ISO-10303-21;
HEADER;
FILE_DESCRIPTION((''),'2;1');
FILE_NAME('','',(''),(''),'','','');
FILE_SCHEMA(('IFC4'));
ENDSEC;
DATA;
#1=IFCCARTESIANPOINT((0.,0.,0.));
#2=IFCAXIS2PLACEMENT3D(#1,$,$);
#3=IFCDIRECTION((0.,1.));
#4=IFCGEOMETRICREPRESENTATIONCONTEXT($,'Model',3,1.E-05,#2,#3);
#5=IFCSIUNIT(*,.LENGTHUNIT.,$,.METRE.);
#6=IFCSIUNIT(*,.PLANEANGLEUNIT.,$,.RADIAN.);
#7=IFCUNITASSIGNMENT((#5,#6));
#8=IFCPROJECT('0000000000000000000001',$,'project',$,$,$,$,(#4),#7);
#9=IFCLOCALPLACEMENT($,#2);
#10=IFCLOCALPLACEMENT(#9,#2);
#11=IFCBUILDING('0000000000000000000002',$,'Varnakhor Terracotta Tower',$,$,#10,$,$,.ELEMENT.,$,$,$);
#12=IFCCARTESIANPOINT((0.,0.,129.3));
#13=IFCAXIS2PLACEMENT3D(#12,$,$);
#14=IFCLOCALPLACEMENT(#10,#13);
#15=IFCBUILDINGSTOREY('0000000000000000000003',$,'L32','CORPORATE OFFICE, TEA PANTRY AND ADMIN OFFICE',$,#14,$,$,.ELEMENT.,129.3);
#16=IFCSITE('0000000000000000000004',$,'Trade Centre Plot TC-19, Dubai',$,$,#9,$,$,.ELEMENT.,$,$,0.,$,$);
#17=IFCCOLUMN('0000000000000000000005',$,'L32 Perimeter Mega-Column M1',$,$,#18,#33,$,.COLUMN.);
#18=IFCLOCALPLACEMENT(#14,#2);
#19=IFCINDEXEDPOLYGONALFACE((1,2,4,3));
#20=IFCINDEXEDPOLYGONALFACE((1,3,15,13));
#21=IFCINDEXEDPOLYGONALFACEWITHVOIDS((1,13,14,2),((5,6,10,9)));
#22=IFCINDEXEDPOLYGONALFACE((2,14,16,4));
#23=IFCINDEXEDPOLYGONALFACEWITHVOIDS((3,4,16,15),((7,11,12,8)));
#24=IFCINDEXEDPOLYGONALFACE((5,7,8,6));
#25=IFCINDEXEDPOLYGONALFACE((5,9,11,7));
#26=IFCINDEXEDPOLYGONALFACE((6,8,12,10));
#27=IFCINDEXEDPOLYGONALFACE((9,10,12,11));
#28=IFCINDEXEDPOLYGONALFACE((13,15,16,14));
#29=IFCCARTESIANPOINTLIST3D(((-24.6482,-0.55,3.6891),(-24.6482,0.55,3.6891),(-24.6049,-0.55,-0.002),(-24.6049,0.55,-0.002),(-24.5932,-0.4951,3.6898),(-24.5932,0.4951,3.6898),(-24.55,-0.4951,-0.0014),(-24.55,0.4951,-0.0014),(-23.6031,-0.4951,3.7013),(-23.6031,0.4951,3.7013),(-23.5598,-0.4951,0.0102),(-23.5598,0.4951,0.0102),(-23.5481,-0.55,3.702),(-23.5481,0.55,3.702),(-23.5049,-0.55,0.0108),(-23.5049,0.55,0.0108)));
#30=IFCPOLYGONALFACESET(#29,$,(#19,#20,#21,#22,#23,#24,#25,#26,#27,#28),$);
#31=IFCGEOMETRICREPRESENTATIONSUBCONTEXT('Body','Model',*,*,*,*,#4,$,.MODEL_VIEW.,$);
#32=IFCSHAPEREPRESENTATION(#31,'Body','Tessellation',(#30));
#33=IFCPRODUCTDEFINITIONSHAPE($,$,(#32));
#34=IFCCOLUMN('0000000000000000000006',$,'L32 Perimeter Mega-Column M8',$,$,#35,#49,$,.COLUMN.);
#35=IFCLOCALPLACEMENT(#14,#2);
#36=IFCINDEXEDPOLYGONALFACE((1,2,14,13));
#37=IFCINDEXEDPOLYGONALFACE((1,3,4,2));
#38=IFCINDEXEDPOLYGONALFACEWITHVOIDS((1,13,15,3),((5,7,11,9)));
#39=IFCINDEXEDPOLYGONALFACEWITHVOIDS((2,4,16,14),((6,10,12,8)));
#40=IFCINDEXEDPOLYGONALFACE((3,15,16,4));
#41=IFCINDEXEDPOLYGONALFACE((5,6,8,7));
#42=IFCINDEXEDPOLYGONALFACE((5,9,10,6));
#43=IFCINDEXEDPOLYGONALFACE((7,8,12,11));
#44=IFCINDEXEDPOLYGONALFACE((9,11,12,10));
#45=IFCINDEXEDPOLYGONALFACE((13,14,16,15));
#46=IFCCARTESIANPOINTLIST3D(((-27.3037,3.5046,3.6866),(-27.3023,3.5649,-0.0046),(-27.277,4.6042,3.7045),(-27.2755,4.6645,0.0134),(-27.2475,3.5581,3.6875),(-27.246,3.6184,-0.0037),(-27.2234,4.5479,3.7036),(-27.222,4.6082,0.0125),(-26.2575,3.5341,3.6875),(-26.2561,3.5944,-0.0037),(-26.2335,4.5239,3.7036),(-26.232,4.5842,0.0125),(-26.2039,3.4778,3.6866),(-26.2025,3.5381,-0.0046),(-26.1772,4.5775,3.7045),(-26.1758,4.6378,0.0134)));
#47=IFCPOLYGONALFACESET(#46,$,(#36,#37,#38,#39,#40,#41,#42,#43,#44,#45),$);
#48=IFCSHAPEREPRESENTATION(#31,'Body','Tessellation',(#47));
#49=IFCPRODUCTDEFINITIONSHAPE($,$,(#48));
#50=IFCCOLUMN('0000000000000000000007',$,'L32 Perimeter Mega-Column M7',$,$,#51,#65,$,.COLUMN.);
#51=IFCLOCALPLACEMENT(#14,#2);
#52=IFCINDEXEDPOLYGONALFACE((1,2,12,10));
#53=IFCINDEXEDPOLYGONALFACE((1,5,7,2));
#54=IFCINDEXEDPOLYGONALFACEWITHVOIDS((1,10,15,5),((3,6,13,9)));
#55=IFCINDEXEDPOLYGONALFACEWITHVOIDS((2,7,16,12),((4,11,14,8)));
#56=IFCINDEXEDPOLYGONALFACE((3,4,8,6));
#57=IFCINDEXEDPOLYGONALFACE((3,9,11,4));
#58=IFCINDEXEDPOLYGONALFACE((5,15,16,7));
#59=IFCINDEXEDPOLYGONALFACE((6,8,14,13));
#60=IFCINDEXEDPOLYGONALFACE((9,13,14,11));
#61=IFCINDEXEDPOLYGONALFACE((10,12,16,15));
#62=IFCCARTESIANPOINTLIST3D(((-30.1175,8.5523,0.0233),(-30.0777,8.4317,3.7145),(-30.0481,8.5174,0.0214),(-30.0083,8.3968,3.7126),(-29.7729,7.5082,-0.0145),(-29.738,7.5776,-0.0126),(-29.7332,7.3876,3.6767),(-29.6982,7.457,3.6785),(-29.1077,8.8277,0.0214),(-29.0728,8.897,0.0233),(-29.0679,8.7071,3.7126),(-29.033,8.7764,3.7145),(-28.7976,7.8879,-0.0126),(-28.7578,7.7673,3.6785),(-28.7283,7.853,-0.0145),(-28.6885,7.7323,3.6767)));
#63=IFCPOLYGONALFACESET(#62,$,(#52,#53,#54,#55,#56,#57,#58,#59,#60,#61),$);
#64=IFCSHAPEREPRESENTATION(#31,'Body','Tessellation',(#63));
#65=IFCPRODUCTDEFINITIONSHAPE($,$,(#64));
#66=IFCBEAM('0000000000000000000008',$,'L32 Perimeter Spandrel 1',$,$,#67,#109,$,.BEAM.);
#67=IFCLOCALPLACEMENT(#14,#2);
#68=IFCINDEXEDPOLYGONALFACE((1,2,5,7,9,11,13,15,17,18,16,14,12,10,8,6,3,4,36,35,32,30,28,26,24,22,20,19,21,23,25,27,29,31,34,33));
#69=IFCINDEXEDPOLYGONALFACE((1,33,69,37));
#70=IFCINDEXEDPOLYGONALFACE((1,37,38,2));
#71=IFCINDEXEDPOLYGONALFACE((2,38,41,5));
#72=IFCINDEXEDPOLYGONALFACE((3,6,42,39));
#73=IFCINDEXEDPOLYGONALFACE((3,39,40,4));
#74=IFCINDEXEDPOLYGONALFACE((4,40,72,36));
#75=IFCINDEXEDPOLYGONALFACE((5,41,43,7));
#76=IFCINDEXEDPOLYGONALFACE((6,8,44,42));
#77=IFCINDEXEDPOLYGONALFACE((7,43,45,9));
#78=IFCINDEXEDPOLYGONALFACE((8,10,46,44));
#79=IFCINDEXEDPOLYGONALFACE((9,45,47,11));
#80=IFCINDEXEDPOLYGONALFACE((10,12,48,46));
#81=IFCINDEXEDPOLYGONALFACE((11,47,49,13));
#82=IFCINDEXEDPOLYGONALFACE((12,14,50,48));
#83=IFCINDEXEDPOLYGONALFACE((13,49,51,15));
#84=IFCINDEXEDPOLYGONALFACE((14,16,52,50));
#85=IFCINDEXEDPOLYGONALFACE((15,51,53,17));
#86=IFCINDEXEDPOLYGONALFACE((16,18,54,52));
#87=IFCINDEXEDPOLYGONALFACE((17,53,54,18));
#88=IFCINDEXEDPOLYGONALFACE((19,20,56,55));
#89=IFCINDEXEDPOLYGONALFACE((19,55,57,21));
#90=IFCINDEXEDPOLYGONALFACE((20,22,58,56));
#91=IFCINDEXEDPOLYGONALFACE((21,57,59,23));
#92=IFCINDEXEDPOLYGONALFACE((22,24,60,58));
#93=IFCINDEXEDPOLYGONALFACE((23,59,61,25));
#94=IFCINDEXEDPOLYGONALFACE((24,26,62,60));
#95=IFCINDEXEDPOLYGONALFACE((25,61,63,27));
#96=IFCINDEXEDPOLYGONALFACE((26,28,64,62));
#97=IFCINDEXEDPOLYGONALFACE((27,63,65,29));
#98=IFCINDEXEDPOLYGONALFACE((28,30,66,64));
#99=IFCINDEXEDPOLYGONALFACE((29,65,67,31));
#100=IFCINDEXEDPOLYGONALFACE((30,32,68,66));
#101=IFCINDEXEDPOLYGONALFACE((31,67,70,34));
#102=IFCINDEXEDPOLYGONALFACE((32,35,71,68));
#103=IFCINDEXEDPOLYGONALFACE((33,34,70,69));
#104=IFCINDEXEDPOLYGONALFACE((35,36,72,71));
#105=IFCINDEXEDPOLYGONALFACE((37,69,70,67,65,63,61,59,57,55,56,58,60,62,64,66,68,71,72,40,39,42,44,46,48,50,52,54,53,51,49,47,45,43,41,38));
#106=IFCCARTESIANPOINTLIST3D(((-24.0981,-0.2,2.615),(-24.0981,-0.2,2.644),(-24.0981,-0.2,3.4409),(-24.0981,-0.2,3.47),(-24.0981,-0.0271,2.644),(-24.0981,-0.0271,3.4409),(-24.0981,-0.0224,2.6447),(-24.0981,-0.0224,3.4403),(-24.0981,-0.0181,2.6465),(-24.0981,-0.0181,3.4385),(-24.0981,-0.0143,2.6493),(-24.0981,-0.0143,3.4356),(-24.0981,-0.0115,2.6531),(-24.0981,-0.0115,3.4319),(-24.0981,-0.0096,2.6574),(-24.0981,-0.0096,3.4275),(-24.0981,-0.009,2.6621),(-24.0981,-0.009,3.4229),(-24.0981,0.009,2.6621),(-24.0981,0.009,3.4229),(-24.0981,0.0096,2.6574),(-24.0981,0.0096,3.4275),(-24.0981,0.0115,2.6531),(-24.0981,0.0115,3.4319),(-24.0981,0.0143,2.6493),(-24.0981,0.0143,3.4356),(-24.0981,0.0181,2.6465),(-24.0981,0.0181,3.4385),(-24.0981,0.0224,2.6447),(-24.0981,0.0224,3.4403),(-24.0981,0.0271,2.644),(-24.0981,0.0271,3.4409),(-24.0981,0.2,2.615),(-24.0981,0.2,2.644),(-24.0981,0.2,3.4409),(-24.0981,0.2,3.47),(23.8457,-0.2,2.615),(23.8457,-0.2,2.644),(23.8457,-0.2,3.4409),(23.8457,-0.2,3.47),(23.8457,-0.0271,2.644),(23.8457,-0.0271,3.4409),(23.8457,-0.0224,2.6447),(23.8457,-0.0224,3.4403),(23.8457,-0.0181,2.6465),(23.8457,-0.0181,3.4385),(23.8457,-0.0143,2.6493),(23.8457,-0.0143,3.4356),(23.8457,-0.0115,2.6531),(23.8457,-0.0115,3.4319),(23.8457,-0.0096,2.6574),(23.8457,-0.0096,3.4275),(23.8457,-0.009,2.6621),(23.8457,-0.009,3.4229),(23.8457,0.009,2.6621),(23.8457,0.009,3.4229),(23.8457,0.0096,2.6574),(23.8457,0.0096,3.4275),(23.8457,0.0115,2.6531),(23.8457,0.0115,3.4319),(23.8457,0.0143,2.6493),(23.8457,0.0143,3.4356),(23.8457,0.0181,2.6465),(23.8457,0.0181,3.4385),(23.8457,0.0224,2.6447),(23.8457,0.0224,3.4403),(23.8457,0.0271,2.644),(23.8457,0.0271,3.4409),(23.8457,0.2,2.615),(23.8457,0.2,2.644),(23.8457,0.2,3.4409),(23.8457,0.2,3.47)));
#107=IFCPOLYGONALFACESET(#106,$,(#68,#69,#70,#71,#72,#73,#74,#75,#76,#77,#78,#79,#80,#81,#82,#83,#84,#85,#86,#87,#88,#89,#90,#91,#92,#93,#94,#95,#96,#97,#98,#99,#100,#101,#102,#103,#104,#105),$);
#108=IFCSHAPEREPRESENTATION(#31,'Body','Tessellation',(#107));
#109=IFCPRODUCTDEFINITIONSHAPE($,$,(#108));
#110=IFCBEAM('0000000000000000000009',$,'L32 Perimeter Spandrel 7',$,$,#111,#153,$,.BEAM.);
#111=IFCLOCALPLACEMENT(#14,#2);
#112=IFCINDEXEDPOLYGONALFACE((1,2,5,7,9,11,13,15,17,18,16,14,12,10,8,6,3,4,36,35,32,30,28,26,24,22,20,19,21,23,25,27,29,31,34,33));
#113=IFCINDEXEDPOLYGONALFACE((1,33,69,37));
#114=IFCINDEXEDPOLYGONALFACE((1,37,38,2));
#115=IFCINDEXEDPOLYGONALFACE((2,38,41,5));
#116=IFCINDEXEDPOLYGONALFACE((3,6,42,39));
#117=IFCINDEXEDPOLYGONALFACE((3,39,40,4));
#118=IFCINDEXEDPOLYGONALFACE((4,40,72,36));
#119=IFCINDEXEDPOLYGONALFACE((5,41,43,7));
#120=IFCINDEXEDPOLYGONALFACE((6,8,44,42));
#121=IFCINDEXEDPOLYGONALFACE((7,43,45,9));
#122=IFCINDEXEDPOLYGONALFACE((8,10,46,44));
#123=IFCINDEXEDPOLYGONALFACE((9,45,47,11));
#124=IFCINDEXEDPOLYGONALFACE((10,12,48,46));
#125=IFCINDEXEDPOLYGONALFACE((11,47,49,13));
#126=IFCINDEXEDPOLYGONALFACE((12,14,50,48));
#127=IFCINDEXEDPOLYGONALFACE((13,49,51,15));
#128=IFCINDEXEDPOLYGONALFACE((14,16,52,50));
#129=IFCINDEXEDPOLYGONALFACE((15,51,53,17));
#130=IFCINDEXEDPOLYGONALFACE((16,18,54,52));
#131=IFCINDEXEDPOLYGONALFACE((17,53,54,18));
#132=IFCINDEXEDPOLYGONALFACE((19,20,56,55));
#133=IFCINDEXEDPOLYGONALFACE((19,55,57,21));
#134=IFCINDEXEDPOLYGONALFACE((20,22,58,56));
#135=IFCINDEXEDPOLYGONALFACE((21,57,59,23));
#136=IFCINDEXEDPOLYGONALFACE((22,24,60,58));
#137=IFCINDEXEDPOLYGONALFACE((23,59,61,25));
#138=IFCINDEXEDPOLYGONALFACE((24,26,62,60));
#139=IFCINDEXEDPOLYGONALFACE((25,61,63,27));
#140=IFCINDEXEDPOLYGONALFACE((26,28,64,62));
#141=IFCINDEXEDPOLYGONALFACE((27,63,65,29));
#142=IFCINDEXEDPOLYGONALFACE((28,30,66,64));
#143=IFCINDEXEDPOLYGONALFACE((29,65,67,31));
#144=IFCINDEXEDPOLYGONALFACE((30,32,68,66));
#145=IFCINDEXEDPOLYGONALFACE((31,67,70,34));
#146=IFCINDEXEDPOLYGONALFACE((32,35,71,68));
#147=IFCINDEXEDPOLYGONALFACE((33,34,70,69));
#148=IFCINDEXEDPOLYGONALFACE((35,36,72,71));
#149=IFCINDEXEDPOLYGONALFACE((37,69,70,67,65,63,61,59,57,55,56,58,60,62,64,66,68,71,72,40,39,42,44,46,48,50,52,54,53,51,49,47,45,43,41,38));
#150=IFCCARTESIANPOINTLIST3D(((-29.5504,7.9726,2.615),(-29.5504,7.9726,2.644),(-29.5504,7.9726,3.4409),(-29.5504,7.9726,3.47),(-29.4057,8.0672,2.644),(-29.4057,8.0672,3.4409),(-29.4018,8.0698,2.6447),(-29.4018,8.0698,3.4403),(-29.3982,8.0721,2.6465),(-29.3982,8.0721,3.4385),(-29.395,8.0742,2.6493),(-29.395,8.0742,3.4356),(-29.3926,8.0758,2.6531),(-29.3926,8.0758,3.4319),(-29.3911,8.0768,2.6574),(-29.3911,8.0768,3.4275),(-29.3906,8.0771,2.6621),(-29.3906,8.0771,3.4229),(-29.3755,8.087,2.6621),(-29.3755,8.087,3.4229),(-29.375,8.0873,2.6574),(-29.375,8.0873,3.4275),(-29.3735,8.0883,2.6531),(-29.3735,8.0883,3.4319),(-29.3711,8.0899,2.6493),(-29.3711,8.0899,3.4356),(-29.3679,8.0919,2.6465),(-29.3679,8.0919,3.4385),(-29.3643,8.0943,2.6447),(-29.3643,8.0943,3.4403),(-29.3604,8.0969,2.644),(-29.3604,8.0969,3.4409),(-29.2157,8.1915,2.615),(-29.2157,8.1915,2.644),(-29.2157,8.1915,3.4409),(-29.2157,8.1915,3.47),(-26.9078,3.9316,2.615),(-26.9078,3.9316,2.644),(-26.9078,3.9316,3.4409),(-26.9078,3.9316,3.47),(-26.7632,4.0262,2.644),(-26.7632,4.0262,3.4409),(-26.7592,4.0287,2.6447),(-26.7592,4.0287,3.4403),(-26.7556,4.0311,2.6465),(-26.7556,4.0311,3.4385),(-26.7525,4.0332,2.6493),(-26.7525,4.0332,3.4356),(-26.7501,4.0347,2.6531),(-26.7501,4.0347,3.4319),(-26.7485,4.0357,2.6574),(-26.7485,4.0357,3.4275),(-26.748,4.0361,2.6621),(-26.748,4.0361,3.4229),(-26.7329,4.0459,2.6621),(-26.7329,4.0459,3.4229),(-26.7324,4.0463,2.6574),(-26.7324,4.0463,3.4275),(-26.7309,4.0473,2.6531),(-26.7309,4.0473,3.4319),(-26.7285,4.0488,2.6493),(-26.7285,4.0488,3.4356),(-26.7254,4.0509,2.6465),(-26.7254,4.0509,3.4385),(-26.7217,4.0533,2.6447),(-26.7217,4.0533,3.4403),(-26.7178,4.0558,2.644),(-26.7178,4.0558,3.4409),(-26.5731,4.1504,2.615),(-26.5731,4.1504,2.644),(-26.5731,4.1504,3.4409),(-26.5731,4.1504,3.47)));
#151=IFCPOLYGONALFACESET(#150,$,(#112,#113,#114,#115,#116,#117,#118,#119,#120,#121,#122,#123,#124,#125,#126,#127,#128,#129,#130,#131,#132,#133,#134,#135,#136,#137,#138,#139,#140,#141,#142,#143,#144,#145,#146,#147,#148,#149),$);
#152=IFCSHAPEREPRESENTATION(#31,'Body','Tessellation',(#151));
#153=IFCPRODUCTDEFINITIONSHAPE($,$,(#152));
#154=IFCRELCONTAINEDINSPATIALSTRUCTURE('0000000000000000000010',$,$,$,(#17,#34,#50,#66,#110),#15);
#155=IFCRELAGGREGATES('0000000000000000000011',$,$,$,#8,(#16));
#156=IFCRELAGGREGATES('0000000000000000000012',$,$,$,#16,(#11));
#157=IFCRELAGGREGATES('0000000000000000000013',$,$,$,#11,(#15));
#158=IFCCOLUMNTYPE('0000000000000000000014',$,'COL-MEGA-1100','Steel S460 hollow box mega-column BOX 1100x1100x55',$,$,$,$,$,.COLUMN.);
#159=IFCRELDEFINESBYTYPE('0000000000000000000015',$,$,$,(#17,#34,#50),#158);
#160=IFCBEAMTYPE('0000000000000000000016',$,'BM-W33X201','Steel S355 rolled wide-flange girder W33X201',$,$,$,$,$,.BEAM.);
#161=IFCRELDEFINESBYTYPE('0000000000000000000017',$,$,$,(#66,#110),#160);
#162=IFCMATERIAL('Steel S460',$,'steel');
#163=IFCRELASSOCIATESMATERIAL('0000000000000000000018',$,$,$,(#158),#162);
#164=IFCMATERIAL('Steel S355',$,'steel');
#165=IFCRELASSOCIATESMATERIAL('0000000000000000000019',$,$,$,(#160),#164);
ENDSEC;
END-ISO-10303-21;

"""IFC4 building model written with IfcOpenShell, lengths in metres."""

from ifc_helpers import new_model, si_unit, direction, frame, origin, origin_2d, place, context, subcontext, project, spatial, hollow_rectangle, i_section, extrude, source, transform, mapped, material, material_profile, profile_set, type_object, element, save


model = new_model("IFC4")

# Units and contexts
model_context = context("Model", 3, precision=1e-05, world=origin(), true_north=direction((0.0, 1.0)))
body_context = subcontext(model_context, "Body", "Model", "MODEL_VIEW")
ifc_project = project(units=[si_unit("LENGTHUNIT", "METRE"), si_unit("PLANEANGLEUNIT", "RADIAN")], contexts=[model_context])

# Site, building, storey
site_placement = place(None, origin())
site = spatial("IfcSite", under=ifc_project, at=site_placement, Name="Trade Centre Plot TC-19, Dubai", CompositionType="ELEMENT", RefElevation=0.0)
building_placement = place(site_placement, origin())
building = spatial("IfcBuilding", under=site, at=building_placement, Name="Varnakhor Terracotta Tower", CompositionType="ELEMENT")
storey_placement = place(building_placement, frame((0.0, 0.0, 129.3)))
storey = spatial("IfcBuildingStorey", under=building, at=storey_placement, Name="L32", Description="CORPORATE OFFICE, TEA PANTRY AND ADMIN OFFICE", CompositionType="ELEMENT", Elevation=129.3)

# Columns
ifc_material_1 = material(Name="Steel S460", Category="steel")
ifc_material_profile_1 = material_profile(ifc_material_1, hollow_rectangle(XDim=1.1001, YDim=1.1001, WallThickness=0.0549, at=origin_2d()), Name="BOX 1100x1100x55")
ifc_profile_set_1 = profile_set([ifc_material_profile_1], Name="Steel S460")
column_type = type_object("IfcColumnType", Name="COL-MEGA-1100", Description="Steel S460 hollow box mega-column BOX 1100x1100x55", PredefinedType="COLUMN", material=ifc_profile_set_1)
shared_shape_1 = source(origin(), body_context, "Body", "SweptSolid", [
    extrude(hollow_rectangle(XDim=1.1001, YDim=1.1001, WallThickness=0.0549, at=origin_2d()), origin(), (0.0, 0.0, 1.0), 3.6914),
])
column_1_placement = place(storey_placement, frame((-24.0549, 0.0, 0.0044), z_axis=(-0.011706, 0.0, 0.999931), x_axis=(0.0, -1.0, 0.0)))
element("IfcColumn", 1, at=column_1_placement, inside=storey, type_object=column_type, Name="L32 Perimeter Mega-Column M1", PredefinedType="COLUMN", context=body_context, shape_type="MappedRepresentation", body=[
    mapped(shared_shape_1, transform((0.0, 0.0, 0.0), scale=1.0)),
])
shared_shape_2 = source(origin(), body_context, "Body", "SweptSolid", [
    extrude(hollow_rectangle(XDim=1.1001, YDim=1.1001, WallThickness=0.0549, at=origin_2d()), origin(), (0.0, 0.0, 1.0), 3.6917),
])
column_2_placement = place(storey_placement, frame((-26.739, 4.1013, 0.0044), z_axis=(-0.000397, -0.016335, 0.999866), x_axis=(0.999705, -0.024284, 0.0)))
element("IfcColumn", 2, at=column_2_placement, inside=storey, type_object=column_type, Name="L32 Perimeter Mega-Column M8", PredefinedType="COLUMN", context=body_context, shape_type="MappedRepresentation", body=[
    mapped(shared_shape_2, transform((0.0, 0.0, 0.0), scale=1.0)),
])
shared_shape_3 = source(origin(), body_context, "Body", "SweptSolid", [
    extrude(hollow_rectangle(XDim=1.1001, YDim=1.1001, WallThickness=0.0549, at=origin_2d()), origin(), (0.0, 0.0, 1.0), 3.6934),
])
column_3_placement = place(storey_placement, frame((-29.4229, 8.2026, 0.0044), z_axis=(0.010775, -0.032655, 0.999409), x_axis=(0.94964, 0.313343, 0.0)))
element("IfcColumn", 3, at=column_3_placement, inside=storey, type_object=column_type, Name="L32 Perimeter Mega-Column M7", PredefinedType="COLUMN", context=body_context, shape_type="MappedRepresentation", body=[
    mapped(shared_shape_3, transform((0.0, 0.0, 0.0), scale=1.0)),
])

# Beams
ifc_material_2 = material(Name="Steel S355", Category="steel")
ifc_material_profile_2 = material_profile(ifc_material_2, i_section(OverallWidth=0.3999, OverallDepth=0.855, WebThickness=0.0181, FlangeThickness=0.0291, FilletRadius=0.0181, at=origin_2d()), Name="W33X201")
ifc_profile_set_2 = profile_set([ifc_material_profile_2], Name="Steel S355")
beam_type_1 = type_object("IfcBeamType", Name="BM-W33X201", Description="Steel S355 rolled wide-flange girder W33X201", PredefinedType="BEAM", material=ifc_profile_set_2)
shared_shape_4 = source(origin(), body_context, "Body", "SweptSolid", [
    extrude(i_section(OverallWidth=0.3999, OverallDepth=0.855, WebThickness=0.0181, FlangeThickness=0.0291, FilletRadius=0.0181, at=origin_2d()), origin(), (0.0, 0.0, 1.0), 47.9438),
])
beam_1_placement = place(storey_placement, frame((-24.0981, 0.0, 3.0425), z_axis=(1.0, 0.0, 0.0), x_axis=(0.0, 1.0, 0.0)))
element("IfcBeam", 4, at=beam_1_placement, inside=storey, type_object=beam_type_1, Name="L32 Perimeter Spandrel 1", PredefinedType="BEAM", context=body_context, shape_type="MappedRepresentation", body=[
    mapped(shared_shape_4, transform((0.0, 0.0, 0.0), scale=1.0)),
])
shared_shape_5 = source(origin(), body_context, "Body", "SweptSolid", [
    extrude(i_section(OverallWidth=0.3999, OverallDepth=0.855, WebThickness=0.0181, FlangeThickness=0.0291, FilletRadius=0.0181, at=origin_2d()), origin(), (0.0, 0.0, 1.0), 4.8284),
])
beam_2_placement = place(storey_placement, frame((-29.3831, 8.082, 3.0425), z_axis=(0.547304, -0.836934, 0.0), x_axis=(0.836934, 0.547304, 0.0)))
element("IfcBeam", 5, at=beam_2_placement, inside=storey, type_object=beam_type_1, Name="L32 Perimeter Spandrel 7", PredefinedType="BEAM", context=body_context, shape_type="MappedRepresentation", body=[
    mapped(shared_shape_5, transform((0.0, 0.0, 0.0), scale=1.0)),
])

save(model, "model.ifc")
